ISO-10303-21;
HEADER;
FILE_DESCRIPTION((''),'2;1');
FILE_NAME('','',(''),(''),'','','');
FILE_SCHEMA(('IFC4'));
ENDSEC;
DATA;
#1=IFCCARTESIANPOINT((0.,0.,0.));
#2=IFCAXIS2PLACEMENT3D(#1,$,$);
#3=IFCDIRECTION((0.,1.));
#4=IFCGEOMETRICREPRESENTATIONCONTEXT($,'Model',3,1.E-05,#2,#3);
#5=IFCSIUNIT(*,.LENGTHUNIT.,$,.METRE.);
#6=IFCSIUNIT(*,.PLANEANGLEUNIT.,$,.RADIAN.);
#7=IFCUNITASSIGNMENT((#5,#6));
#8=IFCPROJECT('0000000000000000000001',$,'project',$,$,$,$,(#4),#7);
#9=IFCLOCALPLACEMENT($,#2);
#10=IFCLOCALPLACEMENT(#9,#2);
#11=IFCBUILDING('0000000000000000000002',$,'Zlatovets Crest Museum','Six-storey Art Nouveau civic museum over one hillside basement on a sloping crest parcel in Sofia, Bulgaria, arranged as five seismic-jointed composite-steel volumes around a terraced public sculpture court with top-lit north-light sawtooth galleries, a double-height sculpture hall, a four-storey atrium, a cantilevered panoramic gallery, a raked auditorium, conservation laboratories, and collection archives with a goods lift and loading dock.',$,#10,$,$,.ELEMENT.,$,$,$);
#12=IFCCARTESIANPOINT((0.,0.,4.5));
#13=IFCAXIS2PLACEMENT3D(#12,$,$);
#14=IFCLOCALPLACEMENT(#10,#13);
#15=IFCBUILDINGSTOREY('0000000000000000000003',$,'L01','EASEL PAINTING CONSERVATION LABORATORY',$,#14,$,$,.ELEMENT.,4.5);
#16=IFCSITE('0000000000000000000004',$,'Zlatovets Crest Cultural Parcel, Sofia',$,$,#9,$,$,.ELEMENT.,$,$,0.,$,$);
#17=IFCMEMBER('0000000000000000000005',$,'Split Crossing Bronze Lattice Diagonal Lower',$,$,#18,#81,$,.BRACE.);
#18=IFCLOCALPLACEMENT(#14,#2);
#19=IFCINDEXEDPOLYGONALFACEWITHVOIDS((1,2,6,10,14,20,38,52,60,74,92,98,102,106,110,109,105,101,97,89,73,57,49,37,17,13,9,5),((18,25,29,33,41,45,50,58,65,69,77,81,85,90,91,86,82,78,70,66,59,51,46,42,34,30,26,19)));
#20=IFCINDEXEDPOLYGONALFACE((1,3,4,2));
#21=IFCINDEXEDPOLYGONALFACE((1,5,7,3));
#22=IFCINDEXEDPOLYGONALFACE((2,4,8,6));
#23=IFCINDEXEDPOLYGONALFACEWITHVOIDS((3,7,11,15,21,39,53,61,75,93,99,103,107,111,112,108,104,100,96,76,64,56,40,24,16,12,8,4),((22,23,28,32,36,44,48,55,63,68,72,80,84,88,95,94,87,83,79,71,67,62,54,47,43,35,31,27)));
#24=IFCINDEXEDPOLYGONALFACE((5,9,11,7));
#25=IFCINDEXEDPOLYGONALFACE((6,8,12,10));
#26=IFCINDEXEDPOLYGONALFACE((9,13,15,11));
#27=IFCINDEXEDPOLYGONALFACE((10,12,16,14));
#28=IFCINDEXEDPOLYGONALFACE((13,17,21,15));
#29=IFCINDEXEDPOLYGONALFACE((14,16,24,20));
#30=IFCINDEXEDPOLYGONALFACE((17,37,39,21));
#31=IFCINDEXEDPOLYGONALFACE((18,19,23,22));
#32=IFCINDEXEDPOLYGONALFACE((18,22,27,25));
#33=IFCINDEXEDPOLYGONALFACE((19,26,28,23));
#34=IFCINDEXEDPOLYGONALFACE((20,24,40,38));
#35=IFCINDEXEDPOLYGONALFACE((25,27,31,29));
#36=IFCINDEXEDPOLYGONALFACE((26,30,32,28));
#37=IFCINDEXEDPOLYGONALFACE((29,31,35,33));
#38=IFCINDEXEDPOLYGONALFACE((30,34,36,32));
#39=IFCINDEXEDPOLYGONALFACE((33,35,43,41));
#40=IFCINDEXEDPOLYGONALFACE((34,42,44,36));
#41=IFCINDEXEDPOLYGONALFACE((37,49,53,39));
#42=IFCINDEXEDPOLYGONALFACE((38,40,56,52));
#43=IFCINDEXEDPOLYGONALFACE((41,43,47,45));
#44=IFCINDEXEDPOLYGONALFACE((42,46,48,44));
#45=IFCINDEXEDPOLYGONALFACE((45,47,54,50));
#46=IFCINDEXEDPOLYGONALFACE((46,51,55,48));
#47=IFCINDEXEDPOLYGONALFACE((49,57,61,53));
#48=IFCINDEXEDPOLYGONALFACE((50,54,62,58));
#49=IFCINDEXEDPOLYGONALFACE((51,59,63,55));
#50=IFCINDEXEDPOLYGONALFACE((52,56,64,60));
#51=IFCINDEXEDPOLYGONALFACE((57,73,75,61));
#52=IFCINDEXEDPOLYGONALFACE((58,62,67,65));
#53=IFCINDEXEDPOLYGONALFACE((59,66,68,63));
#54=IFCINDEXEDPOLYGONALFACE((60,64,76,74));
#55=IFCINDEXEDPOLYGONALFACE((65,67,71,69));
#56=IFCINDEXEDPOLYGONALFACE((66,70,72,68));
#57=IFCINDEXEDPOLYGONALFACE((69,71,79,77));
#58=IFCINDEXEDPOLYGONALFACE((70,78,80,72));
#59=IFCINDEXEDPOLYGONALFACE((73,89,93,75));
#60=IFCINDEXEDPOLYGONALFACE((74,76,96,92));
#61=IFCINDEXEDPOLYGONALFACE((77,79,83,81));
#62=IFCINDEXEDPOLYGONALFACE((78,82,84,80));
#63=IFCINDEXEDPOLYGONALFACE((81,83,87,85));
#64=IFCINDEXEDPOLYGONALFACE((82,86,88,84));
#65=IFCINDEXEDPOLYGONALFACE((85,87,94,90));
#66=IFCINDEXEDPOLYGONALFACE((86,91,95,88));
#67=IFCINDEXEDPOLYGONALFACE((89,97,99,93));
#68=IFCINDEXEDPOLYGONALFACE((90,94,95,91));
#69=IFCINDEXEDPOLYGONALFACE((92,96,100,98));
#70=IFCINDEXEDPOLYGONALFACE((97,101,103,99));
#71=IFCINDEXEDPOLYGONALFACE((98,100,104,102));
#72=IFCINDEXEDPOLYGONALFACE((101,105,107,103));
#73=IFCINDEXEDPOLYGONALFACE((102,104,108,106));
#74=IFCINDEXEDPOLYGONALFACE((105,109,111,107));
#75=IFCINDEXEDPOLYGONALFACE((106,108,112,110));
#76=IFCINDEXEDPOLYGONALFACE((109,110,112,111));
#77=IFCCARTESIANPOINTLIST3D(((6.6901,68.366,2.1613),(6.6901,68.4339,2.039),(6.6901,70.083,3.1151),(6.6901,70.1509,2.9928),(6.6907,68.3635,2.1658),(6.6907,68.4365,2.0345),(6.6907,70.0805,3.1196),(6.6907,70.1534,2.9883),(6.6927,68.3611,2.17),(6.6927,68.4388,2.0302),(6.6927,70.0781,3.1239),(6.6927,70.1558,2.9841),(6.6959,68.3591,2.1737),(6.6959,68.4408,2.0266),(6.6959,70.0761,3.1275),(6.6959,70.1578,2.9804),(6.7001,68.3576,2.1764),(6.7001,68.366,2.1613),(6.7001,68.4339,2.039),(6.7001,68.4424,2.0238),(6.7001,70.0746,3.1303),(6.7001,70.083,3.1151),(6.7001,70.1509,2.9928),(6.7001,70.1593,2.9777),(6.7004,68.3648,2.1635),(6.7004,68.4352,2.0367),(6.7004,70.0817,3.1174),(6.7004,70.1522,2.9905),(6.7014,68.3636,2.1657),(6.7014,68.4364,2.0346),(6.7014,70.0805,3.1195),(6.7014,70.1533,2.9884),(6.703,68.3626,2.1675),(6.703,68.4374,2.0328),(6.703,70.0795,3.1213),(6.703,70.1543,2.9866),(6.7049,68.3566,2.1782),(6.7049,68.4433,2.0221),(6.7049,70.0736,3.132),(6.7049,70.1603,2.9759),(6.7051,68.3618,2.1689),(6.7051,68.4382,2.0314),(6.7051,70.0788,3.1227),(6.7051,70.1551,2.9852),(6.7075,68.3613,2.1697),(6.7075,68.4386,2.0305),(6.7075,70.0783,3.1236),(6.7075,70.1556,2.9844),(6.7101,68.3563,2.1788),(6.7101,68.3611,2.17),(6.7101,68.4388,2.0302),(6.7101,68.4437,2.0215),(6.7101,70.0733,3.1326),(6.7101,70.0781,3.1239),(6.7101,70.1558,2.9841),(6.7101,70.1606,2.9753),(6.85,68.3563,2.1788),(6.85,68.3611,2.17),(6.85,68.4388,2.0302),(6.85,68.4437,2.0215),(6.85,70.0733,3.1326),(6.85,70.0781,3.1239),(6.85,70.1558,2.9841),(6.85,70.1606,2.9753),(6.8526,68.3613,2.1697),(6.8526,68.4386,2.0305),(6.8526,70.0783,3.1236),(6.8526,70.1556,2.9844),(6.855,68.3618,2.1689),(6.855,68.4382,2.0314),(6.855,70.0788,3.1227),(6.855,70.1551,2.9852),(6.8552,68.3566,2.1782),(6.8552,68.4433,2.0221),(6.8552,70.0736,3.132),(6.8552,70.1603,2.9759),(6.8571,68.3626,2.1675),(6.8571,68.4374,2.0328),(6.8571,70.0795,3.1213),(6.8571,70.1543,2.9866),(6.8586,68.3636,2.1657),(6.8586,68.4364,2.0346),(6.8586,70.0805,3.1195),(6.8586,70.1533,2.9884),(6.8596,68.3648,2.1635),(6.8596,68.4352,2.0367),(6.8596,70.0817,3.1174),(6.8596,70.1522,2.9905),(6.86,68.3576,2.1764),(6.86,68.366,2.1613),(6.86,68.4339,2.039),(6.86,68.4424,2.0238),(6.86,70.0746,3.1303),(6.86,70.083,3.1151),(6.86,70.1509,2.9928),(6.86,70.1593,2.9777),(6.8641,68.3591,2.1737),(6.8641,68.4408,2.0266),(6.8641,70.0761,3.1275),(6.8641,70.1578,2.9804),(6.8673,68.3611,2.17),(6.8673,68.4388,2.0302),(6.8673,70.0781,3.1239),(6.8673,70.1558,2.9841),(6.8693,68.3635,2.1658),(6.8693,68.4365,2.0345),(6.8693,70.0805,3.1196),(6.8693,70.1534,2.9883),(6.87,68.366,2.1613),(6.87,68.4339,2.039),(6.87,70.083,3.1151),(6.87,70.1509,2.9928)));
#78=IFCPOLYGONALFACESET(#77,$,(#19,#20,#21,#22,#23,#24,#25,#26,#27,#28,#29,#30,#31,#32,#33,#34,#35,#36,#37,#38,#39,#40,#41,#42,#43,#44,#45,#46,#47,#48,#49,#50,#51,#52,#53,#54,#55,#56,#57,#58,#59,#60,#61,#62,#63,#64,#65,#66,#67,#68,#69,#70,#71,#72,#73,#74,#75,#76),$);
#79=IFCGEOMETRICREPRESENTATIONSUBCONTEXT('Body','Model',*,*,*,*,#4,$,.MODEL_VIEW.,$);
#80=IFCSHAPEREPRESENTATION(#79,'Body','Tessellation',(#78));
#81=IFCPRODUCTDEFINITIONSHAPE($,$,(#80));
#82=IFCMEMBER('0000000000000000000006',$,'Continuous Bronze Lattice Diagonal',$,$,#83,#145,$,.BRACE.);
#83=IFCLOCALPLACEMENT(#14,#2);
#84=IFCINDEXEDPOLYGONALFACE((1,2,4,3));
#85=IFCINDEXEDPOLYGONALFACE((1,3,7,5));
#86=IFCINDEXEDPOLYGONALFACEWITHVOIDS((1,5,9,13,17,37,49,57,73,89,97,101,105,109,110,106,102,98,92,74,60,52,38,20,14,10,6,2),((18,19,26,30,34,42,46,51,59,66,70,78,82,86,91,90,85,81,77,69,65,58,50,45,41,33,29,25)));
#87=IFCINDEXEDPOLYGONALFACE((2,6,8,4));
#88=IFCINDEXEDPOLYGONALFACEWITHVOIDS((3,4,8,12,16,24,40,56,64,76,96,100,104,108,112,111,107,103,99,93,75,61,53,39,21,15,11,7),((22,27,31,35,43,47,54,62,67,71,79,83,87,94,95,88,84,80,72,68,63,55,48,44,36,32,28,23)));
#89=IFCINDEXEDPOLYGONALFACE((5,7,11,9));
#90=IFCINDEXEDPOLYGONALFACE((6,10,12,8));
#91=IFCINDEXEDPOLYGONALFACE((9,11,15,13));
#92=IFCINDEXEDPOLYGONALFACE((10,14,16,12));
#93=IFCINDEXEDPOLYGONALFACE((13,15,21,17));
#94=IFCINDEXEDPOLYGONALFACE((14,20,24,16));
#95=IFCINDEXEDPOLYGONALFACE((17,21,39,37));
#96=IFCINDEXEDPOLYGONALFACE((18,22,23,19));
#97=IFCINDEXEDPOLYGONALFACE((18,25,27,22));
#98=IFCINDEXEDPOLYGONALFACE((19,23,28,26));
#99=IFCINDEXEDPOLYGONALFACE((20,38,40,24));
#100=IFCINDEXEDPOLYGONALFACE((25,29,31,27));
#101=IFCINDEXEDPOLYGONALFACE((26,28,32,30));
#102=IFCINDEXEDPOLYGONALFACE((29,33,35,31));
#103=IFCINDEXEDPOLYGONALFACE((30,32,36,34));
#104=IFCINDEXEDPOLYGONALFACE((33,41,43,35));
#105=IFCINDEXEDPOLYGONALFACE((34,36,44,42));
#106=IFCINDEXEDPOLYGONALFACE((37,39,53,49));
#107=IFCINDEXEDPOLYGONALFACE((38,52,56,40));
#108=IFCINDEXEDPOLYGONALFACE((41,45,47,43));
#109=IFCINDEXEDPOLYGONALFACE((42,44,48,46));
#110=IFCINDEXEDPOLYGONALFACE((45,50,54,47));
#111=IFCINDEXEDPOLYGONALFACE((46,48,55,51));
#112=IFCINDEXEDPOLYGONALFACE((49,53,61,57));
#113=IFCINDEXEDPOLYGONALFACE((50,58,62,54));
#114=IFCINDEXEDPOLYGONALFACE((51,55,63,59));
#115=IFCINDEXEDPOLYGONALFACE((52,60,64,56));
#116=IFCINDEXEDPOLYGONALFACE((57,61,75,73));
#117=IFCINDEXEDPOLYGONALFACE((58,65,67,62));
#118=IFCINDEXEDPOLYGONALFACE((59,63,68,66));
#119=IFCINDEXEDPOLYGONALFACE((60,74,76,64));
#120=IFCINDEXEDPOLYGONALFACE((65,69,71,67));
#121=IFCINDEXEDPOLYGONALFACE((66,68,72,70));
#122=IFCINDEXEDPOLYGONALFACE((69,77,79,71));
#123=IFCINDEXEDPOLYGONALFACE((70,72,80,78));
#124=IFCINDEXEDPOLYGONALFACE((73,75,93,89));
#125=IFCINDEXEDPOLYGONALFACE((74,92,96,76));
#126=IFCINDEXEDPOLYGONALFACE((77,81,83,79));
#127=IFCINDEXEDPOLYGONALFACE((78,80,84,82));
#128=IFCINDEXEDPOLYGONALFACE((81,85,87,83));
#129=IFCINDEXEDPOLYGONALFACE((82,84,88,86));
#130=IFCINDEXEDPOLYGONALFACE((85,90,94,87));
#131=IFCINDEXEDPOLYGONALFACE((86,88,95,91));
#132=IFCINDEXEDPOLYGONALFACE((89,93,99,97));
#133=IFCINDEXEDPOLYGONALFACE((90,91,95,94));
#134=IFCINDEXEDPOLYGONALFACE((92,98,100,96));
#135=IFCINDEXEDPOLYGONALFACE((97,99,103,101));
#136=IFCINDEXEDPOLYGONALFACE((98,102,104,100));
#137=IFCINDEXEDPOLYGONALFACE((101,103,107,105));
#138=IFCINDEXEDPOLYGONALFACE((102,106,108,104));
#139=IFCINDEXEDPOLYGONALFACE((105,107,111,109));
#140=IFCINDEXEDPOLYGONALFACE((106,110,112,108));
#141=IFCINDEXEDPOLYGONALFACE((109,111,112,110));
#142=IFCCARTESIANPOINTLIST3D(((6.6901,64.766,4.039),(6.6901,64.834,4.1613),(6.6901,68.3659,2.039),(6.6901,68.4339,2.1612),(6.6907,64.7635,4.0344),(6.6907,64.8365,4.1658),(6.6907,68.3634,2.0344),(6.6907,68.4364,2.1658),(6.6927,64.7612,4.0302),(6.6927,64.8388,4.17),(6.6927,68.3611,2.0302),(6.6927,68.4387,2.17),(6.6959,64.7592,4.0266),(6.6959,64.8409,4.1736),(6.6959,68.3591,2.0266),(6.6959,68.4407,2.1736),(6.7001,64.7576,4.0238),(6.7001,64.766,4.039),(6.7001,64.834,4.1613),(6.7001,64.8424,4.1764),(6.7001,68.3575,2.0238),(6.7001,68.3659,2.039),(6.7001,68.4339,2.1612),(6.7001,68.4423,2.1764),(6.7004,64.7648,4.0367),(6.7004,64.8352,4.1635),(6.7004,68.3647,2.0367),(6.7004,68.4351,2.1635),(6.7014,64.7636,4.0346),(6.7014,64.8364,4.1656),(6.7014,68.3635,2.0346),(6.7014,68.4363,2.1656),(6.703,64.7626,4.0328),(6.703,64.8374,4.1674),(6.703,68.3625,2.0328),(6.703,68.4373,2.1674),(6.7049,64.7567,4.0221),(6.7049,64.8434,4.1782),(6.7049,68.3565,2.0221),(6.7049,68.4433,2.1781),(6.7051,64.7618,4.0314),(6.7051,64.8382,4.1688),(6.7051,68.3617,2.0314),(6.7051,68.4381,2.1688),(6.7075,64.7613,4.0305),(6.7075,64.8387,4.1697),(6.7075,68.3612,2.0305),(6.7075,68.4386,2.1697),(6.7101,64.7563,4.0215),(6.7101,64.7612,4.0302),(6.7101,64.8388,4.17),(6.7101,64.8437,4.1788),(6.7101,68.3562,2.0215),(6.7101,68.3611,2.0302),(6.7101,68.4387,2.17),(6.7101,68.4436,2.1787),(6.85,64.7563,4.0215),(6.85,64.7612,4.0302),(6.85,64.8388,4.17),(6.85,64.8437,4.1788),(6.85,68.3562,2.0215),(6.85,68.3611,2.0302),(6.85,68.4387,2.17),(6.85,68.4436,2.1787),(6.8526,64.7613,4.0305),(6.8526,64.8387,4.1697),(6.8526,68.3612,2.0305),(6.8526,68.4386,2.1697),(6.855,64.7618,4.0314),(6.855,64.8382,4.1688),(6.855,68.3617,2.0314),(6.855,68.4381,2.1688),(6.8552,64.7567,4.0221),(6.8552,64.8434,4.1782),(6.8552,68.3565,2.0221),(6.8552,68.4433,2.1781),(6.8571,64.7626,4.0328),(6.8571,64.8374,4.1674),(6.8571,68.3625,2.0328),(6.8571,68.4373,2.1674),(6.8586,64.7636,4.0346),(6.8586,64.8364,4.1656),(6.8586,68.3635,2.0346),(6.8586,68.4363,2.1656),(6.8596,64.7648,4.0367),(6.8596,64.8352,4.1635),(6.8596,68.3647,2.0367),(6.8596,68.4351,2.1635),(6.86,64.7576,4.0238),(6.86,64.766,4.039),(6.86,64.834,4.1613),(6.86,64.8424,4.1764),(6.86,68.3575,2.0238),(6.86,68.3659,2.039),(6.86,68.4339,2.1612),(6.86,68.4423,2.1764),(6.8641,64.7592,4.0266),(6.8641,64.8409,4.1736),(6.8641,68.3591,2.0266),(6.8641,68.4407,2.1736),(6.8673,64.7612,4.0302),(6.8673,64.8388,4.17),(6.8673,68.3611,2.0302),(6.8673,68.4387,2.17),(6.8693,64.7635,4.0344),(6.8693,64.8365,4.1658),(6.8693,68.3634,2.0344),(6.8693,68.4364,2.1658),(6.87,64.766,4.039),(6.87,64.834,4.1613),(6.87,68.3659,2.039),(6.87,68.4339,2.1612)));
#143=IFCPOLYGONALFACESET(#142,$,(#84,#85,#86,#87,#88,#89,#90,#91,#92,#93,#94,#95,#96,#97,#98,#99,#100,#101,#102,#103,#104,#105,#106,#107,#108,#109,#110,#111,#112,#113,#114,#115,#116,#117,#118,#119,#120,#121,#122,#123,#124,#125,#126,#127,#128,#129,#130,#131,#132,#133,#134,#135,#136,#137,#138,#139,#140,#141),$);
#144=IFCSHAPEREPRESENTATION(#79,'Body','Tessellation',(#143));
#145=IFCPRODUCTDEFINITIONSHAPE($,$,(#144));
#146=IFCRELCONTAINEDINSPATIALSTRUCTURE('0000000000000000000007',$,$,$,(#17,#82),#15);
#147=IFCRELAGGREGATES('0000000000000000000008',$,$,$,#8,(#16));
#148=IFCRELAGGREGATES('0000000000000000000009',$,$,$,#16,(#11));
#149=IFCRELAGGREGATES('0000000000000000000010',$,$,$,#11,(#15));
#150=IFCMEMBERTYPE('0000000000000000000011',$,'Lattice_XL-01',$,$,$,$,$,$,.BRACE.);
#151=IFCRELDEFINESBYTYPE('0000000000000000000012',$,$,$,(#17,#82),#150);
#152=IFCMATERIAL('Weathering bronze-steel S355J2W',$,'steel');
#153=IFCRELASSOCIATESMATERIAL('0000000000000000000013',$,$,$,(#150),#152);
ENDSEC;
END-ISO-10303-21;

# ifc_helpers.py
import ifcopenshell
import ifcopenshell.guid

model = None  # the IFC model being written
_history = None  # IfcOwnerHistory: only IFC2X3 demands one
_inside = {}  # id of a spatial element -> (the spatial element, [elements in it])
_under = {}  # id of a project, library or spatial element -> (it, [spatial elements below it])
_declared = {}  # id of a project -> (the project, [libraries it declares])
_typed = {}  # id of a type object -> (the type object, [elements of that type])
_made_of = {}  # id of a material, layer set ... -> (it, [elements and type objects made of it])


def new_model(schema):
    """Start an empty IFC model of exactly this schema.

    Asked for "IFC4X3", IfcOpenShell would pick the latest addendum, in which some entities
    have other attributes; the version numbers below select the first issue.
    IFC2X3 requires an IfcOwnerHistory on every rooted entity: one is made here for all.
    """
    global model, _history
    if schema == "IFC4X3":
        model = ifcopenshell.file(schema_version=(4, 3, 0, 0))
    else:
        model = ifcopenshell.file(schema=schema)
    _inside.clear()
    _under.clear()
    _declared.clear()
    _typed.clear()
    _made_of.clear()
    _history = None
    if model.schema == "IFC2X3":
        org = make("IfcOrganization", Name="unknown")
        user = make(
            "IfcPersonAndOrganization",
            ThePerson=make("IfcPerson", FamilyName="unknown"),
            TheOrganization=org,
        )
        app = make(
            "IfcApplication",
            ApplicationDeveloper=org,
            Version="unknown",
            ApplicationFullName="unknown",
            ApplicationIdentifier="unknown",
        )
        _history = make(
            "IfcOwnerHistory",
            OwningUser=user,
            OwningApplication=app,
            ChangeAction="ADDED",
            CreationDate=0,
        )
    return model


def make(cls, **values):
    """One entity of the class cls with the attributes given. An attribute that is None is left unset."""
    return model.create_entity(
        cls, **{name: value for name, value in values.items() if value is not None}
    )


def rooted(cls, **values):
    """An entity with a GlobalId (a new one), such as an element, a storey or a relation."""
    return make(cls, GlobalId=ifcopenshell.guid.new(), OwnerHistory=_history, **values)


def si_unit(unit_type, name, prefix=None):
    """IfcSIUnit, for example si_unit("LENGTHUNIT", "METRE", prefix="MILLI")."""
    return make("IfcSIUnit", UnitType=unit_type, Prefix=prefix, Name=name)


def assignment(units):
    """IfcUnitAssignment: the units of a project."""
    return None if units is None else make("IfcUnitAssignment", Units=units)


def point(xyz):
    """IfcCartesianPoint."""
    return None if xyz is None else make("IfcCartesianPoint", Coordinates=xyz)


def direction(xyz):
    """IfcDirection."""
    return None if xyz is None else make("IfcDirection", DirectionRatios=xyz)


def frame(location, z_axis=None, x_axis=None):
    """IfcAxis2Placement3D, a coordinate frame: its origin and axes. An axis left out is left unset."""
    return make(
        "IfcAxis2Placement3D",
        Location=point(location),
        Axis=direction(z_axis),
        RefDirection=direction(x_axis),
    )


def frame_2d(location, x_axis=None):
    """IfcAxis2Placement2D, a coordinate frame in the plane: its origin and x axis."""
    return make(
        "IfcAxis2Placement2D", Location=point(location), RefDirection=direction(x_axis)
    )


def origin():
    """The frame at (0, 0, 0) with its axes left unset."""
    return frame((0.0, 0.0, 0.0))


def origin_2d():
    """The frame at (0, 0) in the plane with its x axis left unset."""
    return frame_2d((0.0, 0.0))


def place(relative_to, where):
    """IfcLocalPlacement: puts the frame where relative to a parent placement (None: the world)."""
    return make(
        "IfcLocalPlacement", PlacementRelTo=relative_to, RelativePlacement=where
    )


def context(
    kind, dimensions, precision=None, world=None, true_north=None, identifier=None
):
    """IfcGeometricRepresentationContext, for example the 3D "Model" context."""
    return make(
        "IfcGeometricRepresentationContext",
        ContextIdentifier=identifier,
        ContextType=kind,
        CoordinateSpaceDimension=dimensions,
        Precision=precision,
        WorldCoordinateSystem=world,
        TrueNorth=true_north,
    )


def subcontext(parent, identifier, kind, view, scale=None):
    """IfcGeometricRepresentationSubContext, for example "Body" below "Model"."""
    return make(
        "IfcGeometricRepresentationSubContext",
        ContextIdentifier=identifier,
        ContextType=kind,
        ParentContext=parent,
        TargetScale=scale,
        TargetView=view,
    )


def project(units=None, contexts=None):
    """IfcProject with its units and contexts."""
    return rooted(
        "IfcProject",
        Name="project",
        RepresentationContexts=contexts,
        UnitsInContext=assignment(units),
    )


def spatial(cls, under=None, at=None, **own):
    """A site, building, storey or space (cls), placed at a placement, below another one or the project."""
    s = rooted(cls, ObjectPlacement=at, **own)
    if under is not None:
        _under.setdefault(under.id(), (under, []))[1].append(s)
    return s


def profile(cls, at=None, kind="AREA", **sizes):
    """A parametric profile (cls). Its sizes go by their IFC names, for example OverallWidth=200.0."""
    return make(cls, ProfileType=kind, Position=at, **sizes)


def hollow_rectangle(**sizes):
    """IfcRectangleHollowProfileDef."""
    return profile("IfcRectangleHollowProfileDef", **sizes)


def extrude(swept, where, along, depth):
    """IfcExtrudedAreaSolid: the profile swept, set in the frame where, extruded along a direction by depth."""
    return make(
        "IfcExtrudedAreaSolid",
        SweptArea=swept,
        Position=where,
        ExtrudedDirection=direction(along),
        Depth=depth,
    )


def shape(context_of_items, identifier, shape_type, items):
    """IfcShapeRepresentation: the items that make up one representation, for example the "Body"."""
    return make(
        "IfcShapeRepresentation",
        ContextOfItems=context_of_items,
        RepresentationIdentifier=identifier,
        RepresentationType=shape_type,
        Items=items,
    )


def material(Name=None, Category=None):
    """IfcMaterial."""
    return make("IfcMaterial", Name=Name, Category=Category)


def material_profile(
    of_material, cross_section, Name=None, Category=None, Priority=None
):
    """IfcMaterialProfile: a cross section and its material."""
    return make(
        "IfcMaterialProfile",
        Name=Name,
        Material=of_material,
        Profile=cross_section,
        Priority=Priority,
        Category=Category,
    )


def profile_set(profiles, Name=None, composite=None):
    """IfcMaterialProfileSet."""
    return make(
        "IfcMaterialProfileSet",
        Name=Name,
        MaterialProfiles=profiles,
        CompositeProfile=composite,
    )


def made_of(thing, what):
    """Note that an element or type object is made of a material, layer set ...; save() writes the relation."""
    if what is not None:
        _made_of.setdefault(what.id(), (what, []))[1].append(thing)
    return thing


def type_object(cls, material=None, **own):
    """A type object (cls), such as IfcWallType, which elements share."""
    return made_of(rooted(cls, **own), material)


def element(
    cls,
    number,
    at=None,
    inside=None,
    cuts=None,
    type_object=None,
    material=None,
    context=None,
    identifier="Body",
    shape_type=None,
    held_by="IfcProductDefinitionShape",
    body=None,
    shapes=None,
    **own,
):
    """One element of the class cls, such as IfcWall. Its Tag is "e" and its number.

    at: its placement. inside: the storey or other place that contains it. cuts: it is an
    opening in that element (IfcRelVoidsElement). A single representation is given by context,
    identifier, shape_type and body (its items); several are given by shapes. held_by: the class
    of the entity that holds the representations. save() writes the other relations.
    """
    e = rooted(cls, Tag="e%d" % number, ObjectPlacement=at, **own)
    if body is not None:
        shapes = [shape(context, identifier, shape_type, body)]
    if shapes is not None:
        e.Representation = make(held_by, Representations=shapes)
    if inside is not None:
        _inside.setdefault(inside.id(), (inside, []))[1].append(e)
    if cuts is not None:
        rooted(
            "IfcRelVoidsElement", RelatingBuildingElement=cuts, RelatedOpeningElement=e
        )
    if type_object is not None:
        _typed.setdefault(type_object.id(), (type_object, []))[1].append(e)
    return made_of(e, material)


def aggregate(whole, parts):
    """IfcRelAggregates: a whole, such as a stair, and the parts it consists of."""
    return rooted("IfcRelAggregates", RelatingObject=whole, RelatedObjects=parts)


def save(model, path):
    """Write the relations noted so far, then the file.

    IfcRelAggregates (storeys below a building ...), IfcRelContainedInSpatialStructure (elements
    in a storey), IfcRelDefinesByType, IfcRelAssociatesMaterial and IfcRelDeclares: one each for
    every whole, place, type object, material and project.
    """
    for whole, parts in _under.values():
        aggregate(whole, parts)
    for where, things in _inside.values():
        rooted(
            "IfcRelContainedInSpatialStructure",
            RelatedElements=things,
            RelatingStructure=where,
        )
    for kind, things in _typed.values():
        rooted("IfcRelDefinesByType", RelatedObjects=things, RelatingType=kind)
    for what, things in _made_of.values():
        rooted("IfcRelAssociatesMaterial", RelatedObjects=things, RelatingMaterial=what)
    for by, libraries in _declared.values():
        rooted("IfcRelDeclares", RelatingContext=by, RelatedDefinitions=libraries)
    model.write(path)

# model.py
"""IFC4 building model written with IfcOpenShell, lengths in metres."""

from ifc_helpers import new_model, si_unit, direction, frame, origin, origin_2d, place, context, subcontext, project, spatial, hollow_rectangle, extrude, material, material_profile, profile_set, type_object, element, save


model = new_model("IFC4")

# Units and contexts
model_context = context("Model", 3, precision=1e-05, world=origin(), true_north=direction((0.0, 1.0)))
body_context = subcontext(model_context, "Body", "Model", "MODEL_VIEW")
ifc_project = project(units=[si_unit("LENGTHUNIT", "METRE"), si_unit("PLANEANGLEUNIT", "RADIAN")], contexts=[model_context])

# Site, building, storey
site_placement = place(None, origin())
site = spatial("IfcSite", under=ifc_project, at=site_placement, Name="Zlatovets Crest Cultural Parcel, Sofia", CompositionType="ELEMENT", RefElevation=0.0)
building_placement = place(site_placement, origin())
building = spatial("IfcBuilding", under=site, at=building_placement, Name="Zlatovets Crest Museum", Description="Six-storey Art Nouveau civic museum over one hillside basement on a sloping crest parcel in Sofia, Bulgaria, arranged as five seismic-jointed composite-steel volumes around a terraced public sculpture court with top-lit north-light sawtooth galleries, a double-height sculpture hall, a four-storey atrium, a cantilevered panoramic gallery, a raked auditorium, conservation laboratories, and collection archives with a goods lift and loading dock.", CompositionType="ELEMENT")
storey_placement = place(building_placement, frame((0.0, 0.0, 4.5)))
storey = spatial("IfcBuildingStorey", under=building, at=storey_placement, Name="L01", Description="EASEL PAINTING CONSERVATION LABORATORY", CompositionType="ELEMENT", Elevation=4.5)

# Members
ifc_material_1 = material(Name="Weathering bronze-steel S355J2W", Category="steel")
ifc_material_profile_1 = material_profile(ifc_material_1, hollow_rectangle(XDim=0.1799, YDim=0.1799, WallThickness=0.01, InnerFilletRadius=0.01, OuterFilletRadius=0.02, at=origin_2d()), Name="SHS 180x180x10.0")
ifc_profile_set_1 = profile_set([ifc_material_profile_1], Name="Weathering bronze-steel S355J2W")
member_type_1 = type_object("IfcMemberType", Name="Lattice_XL-01", PredefinedType="BRACE", material=ifc_profile_set_1)
member_1_placement = place(storey_placement, frame((6.78, 70.1169, 3.054), z_axis=(0.0, -0.874169, -0.485622), x_axis=(1.0, 0.0, 0.0)))
element("IfcMember", 1, at=member_1_placement, inside=storey, type_object=member_type_1, Name="Split Crossing Bronze Lattice Diagonal Lower", PredefinedType="BRACE", context=body_context, shape_type="SweptSolid", body=[
    extrude(hollow_rectangle(XDim=0.1799, YDim=0.1799, WallThickness=0.01, InnerFilletRadius=0.01, OuterFilletRadius=0.02, at=origin_2d()), origin(), (0.0, 0.0, 1.0), 1.9641),
])
member_2_placement = place(storey_placement, frame((6.78, 68.3999, 2.1001), z_axis=(0.0, -0.874149, 0.485658), x_axis=(1.0, 0.0, 0.0)))
element("IfcMember", 2, at=member_2_placement, inside=storey, type_object=member_type_1, Name="Continuous Bronze Lattice Diagonal", PredefinedType="BRACE", context=body_context, shape_type="SweptSolid", body=[
    extrude(hollow_rectangle(XDim=0.1799, YDim=0.1799, WallThickness=0.01, InnerFilletRadius=0.01, OuterFilletRadius=0.02, at=origin_2d()), origin(), (0.0, 0.0, 1.0), 4.1182),
])

save(model, "model.ifc")
